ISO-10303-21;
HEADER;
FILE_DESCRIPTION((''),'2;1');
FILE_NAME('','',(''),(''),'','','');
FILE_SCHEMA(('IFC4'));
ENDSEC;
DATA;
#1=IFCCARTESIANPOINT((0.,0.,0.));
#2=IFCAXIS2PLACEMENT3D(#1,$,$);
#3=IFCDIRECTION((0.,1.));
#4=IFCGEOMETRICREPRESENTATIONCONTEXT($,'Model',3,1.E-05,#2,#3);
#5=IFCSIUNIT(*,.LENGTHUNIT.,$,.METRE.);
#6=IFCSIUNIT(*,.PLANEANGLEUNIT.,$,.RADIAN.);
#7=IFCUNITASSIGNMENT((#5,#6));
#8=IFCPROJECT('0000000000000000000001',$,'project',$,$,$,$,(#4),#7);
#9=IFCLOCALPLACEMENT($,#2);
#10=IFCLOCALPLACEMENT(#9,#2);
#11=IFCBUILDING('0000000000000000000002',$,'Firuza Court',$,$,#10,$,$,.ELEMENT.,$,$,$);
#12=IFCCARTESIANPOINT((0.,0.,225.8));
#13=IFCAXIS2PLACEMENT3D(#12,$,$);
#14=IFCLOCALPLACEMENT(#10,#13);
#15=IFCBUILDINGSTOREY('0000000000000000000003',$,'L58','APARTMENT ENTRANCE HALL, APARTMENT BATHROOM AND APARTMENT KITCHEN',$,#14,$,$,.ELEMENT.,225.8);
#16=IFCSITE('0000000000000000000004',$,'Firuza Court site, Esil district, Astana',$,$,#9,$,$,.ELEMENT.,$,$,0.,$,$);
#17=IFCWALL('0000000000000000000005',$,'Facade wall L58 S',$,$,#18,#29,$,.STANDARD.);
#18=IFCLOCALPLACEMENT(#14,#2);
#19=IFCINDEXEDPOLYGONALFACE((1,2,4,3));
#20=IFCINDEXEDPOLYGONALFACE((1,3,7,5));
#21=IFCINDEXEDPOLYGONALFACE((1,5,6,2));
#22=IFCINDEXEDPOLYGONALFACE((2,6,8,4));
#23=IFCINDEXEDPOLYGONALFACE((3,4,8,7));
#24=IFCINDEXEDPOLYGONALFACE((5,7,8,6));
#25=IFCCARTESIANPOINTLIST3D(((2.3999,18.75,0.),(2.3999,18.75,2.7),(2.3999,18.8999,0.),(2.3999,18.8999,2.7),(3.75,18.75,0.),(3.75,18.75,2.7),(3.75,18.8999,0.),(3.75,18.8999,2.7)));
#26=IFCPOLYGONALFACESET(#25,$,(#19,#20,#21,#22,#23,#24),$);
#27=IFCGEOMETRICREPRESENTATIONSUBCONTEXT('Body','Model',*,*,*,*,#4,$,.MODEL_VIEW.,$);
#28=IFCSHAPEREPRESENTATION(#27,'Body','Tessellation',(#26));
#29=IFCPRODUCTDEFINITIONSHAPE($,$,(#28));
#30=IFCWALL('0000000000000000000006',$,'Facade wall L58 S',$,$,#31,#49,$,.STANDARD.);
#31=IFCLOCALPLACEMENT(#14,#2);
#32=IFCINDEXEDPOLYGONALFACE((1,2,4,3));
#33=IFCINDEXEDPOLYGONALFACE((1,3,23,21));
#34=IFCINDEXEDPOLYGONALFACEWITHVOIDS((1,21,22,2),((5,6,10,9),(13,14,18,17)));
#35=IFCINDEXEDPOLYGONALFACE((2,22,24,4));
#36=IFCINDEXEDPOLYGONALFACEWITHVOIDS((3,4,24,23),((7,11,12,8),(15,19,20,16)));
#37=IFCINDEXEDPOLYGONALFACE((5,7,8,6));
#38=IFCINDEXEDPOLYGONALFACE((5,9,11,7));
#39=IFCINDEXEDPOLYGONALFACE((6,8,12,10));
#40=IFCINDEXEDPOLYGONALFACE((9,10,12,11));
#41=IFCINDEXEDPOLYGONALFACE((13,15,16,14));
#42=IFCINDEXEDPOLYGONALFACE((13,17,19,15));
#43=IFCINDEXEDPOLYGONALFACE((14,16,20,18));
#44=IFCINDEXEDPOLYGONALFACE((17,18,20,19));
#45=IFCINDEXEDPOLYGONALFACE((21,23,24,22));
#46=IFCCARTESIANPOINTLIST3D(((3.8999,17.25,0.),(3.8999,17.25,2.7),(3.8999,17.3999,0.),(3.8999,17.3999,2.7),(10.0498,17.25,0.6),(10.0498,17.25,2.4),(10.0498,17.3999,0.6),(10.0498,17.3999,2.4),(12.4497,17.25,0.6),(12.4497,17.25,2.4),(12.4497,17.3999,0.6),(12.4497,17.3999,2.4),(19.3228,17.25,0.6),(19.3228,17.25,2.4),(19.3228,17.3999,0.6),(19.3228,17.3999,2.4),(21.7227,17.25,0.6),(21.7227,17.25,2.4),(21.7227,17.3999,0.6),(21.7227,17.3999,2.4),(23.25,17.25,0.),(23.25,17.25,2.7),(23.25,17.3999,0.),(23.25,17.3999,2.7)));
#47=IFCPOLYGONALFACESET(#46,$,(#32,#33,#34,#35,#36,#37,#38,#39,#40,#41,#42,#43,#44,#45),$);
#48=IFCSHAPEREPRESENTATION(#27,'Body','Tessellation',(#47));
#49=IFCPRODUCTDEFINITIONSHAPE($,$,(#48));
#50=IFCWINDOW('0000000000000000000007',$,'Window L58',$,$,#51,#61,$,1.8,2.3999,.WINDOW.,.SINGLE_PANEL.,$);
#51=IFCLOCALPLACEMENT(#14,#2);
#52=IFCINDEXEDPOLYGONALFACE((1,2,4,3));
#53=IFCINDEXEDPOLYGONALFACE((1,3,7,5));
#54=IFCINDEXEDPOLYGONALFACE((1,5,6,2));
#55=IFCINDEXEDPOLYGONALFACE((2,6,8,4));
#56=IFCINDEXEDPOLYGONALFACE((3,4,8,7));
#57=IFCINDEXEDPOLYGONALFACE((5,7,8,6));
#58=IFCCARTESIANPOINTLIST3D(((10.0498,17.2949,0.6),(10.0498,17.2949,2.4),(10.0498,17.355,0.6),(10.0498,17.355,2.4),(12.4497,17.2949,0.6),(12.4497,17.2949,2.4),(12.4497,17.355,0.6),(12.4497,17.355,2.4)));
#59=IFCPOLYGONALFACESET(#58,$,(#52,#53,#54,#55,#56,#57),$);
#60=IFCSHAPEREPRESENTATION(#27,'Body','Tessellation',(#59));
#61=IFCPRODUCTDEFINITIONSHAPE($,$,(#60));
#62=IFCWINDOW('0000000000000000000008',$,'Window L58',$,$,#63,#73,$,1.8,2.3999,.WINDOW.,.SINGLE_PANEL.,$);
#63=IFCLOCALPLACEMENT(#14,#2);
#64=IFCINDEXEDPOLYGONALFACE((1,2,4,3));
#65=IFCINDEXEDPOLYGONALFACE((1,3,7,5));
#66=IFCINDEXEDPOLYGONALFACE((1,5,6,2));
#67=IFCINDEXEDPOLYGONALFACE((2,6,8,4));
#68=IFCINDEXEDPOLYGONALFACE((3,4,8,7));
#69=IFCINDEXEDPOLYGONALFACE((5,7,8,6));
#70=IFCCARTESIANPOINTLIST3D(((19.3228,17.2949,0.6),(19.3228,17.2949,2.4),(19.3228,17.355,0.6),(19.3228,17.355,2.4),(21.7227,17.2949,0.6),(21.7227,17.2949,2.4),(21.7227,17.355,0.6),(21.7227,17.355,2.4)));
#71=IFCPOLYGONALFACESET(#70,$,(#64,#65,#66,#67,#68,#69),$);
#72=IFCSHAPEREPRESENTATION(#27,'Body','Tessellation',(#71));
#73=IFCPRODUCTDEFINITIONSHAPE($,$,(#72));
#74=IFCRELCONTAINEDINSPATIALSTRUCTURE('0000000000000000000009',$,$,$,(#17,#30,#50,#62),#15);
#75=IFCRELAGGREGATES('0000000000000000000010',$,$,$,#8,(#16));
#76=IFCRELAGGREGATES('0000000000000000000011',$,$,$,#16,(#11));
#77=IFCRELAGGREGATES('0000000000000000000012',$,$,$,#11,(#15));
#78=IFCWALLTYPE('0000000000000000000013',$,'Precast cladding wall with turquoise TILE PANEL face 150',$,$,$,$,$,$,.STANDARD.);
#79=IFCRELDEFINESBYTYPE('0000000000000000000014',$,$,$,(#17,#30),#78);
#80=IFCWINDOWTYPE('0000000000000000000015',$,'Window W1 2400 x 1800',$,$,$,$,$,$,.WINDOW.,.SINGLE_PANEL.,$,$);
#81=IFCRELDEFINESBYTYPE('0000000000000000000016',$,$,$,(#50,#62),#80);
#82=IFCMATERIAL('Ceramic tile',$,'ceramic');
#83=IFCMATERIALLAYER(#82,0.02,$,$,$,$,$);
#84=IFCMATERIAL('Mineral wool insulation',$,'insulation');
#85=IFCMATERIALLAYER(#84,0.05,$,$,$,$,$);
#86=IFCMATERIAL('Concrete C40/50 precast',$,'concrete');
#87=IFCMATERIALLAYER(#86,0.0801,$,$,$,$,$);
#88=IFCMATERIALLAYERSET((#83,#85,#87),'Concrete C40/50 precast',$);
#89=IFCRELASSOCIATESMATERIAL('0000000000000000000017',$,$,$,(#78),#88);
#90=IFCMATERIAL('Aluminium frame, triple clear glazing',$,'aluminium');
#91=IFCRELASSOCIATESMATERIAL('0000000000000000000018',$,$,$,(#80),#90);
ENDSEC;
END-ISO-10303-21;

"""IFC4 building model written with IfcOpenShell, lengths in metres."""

from ifc_helpers import new_model, si_unit, direction, frame, frame_2d, origin, place, context, subcontext, project, spatial, rectangle, extrude, material, layer, layer_set, type_object, element, fill, save


model = new_model("IFC4")

# Units and contexts
model_context = context("Model", 3, precision=1e-05, world=origin(), true_north=direction((0.0, 1.0)))
body_context = subcontext(model_context, "Body", "Model", "MODEL_VIEW")
ifc_project = project(units=[si_unit("LENGTHUNIT", "METRE"), si_unit("PLANEANGLEUNIT", "RADIAN")], contexts=[model_context])

# Site, building, storey
site_placement = place(None, origin())
site = spatial("IfcSite", under=ifc_project, at=site_placement, Name="Firuza Court site, Esil district, Astana", CompositionType="ELEMENT", RefElevation=0.0)
building_placement = place(site_placement, origin())
building = spatial("IfcBuilding", under=site, at=building_placement, Name="Firuza Court", CompositionType="ELEMENT")
storey_placement = place(building_placement, frame((0.0, 0.0, 225.8)))
storey = spatial("IfcBuildingStorey", under=building, at=storey_placement, Name="L58", Description="APARTMENT ENTRANCE HALL, APARTMENT BATHROOM AND APARTMENT KITCHEN", CompositionType="ELEMENT", Elevation=225.8)

# Shared definitions
ifc_material_1 = material(Name="Concrete C40/50 precast", Category="concrete")

# Wall
ifc_material_2 = material(Name="Ceramic tile", Category="ceramic")
ifc_layer_1 = layer(ifc_material_2, 0.02)
ifc_material_3 = material(Name="Mineral wool insulation", Category="insulation")
ifc_layer_2 = layer(ifc_material_3, 0.05)
ifc_layer_3 = layer(ifc_material_1, 0.0801)
ifc_layer_set_1 = layer_set([ifc_layer_1, ifc_layer_2, ifc_layer_3], Name="Concrete C40/50 precast")
wall_type_1 = type_object("IfcWallType", Name="Precast cladding wall with turquoise TILE PANEL face 150", PredefinedType="STANDARD", material=ifc_layer_set_1)
wall_1_placement = place(storey_placement, frame((2.3999, 18.825, 0.0), z_axis=(0.0, 0.0, 1.0), x_axis=(1.0, 0.0, 0.0)))
element("IfcWall", 1, at=wall_1_placement, inside=storey, type_object=wall_type_1, Name="Facade wall L58 S", PredefinedType="STANDARD", context=body_context, shape_type="SweptSolid", body=[
    extrude(rectangle(XDim=1.3501, YDim=0.1499, at=frame_2d((0.675, 0.0))), origin(), (0.0, 0.0, 1.0), 2.7),
])

# Wall, openings, windows
wall_2_placement = place(storey_placement, frame((3.8999, 17.325, 0.0), z_axis=(0.0, 0.0, 1.0), x_axis=(1.0, 0.0, 0.0)))
wall_2 = element("IfcWall", 2, at=wall_2_placement, inside=storey, type_object=wall_type_1, Name="Facade wall L58 S", PredefinedType="STANDARD", context=body_context, shape_type="SweptSolid", body=[
    extrude(rectangle(XDim=19.3501, YDim=0.1499, at=frame_2d((9.675, 0.0))), origin(), (0.0, 0.0, 1.0), 2.7),
])
opening_1_placement = place(wall_2_placement, frame((6.1499, 0.0, 0.6001)))
opening_1 = element("IfcOpeningElement", 3, at=opening_1_placement, cuts=wall_2, PredefinedType="OPENING", context=body_context, shape_type="SweptSolid", body=[
    extrude(rectangle(XDim=2.3999, YDim=1.8, at=frame_2d((1.2, 0.8999))), frame((0.0, 0.0869, 0.0), z_axis=(0.0, -1.0, 0.0), x_axis=(1.0, 0.0, 0.0)), (0.0, 0.0, 1.0), 0.1738),
])
opening_2_placement = place(wall_2_placement, frame((15.4229, 0.0, 0.6001)))
opening_2 = element("IfcOpeningElement", 4, at=opening_2_placement, cuts=wall_2, PredefinedType="OPENING", context=body_context, shape_type="SweptSolid", body=[
    extrude(rectangle(XDim=2.3999, YDim=1.8, at=frame_2d((1.2, 0.8999))), frame((0.0, 0.0869, 0.0), z_axis=(0.0, -1.0, 0.0), x_axis=(1.0, 0.0, 0.0)), (0.0, 0.0, 1.0), 0.1738),
])
ifc_material_4 = material(Name="Aluminium frame, triple clear glazing", Category="aluminium")
window_type = type_object("IfcWindowType", Name="Window W1 2400 x 1800", PartitioningType="SINGLE_PANEL", PredefinedType="WINDOW", material=ifc_material_4)
window_1_placement = place(opening_1_placement, origin())
window_1 = element("IfcWindow", 5, at=window_1_placement, inside=storey, type_object=window_type, Name="Window L58", OverallHeight=1.8, OverallWidth=2.3999, PartitioningType="SINGLE_PANEL", PredefinedType="WINDOW", context=body_context, shape_type="SweptSolid", body=[
    extrude(rectangle(XDim=2.3999, YDim=1.8, at=frame_2d((1.2, 0.8999))), frame((0.0, 0.03, 0.0), z_axis=(0.0, -1.0, 0.0), x_axis=(1.0, 0.0, 0.0)), (0.0, 0.0, 1.0), 0.0601),
])
fill(opening_1, window_1)
window_2_placement = place(opening_2_placement, origin())
window_2 = element("IfcWindow", 6, at=window_2_placement, inside=storey, type_object=window_type, Name="Window L58", OverallHeight=1.8, OverallWidth=2.3999, PartitioningType="SINGLE_PANEL", PredefinedType="WINDOW", context=body_context, shape_type="SweptSolid", body=[
    extrude(rectangle(XDim=2.3999, YDim=1.8, at=frame_2d((1.2, 0.8999))), frame((0.0, 0.03, 0.0), z_axis=(0.0, -1.0, 0.0), x_axis=(1.0, 0.0, 0.0)), (0.0, 0.0, 1.0), 0.0601),
])
fill(opening_2, window_2)

save(model, "model.ifc")
